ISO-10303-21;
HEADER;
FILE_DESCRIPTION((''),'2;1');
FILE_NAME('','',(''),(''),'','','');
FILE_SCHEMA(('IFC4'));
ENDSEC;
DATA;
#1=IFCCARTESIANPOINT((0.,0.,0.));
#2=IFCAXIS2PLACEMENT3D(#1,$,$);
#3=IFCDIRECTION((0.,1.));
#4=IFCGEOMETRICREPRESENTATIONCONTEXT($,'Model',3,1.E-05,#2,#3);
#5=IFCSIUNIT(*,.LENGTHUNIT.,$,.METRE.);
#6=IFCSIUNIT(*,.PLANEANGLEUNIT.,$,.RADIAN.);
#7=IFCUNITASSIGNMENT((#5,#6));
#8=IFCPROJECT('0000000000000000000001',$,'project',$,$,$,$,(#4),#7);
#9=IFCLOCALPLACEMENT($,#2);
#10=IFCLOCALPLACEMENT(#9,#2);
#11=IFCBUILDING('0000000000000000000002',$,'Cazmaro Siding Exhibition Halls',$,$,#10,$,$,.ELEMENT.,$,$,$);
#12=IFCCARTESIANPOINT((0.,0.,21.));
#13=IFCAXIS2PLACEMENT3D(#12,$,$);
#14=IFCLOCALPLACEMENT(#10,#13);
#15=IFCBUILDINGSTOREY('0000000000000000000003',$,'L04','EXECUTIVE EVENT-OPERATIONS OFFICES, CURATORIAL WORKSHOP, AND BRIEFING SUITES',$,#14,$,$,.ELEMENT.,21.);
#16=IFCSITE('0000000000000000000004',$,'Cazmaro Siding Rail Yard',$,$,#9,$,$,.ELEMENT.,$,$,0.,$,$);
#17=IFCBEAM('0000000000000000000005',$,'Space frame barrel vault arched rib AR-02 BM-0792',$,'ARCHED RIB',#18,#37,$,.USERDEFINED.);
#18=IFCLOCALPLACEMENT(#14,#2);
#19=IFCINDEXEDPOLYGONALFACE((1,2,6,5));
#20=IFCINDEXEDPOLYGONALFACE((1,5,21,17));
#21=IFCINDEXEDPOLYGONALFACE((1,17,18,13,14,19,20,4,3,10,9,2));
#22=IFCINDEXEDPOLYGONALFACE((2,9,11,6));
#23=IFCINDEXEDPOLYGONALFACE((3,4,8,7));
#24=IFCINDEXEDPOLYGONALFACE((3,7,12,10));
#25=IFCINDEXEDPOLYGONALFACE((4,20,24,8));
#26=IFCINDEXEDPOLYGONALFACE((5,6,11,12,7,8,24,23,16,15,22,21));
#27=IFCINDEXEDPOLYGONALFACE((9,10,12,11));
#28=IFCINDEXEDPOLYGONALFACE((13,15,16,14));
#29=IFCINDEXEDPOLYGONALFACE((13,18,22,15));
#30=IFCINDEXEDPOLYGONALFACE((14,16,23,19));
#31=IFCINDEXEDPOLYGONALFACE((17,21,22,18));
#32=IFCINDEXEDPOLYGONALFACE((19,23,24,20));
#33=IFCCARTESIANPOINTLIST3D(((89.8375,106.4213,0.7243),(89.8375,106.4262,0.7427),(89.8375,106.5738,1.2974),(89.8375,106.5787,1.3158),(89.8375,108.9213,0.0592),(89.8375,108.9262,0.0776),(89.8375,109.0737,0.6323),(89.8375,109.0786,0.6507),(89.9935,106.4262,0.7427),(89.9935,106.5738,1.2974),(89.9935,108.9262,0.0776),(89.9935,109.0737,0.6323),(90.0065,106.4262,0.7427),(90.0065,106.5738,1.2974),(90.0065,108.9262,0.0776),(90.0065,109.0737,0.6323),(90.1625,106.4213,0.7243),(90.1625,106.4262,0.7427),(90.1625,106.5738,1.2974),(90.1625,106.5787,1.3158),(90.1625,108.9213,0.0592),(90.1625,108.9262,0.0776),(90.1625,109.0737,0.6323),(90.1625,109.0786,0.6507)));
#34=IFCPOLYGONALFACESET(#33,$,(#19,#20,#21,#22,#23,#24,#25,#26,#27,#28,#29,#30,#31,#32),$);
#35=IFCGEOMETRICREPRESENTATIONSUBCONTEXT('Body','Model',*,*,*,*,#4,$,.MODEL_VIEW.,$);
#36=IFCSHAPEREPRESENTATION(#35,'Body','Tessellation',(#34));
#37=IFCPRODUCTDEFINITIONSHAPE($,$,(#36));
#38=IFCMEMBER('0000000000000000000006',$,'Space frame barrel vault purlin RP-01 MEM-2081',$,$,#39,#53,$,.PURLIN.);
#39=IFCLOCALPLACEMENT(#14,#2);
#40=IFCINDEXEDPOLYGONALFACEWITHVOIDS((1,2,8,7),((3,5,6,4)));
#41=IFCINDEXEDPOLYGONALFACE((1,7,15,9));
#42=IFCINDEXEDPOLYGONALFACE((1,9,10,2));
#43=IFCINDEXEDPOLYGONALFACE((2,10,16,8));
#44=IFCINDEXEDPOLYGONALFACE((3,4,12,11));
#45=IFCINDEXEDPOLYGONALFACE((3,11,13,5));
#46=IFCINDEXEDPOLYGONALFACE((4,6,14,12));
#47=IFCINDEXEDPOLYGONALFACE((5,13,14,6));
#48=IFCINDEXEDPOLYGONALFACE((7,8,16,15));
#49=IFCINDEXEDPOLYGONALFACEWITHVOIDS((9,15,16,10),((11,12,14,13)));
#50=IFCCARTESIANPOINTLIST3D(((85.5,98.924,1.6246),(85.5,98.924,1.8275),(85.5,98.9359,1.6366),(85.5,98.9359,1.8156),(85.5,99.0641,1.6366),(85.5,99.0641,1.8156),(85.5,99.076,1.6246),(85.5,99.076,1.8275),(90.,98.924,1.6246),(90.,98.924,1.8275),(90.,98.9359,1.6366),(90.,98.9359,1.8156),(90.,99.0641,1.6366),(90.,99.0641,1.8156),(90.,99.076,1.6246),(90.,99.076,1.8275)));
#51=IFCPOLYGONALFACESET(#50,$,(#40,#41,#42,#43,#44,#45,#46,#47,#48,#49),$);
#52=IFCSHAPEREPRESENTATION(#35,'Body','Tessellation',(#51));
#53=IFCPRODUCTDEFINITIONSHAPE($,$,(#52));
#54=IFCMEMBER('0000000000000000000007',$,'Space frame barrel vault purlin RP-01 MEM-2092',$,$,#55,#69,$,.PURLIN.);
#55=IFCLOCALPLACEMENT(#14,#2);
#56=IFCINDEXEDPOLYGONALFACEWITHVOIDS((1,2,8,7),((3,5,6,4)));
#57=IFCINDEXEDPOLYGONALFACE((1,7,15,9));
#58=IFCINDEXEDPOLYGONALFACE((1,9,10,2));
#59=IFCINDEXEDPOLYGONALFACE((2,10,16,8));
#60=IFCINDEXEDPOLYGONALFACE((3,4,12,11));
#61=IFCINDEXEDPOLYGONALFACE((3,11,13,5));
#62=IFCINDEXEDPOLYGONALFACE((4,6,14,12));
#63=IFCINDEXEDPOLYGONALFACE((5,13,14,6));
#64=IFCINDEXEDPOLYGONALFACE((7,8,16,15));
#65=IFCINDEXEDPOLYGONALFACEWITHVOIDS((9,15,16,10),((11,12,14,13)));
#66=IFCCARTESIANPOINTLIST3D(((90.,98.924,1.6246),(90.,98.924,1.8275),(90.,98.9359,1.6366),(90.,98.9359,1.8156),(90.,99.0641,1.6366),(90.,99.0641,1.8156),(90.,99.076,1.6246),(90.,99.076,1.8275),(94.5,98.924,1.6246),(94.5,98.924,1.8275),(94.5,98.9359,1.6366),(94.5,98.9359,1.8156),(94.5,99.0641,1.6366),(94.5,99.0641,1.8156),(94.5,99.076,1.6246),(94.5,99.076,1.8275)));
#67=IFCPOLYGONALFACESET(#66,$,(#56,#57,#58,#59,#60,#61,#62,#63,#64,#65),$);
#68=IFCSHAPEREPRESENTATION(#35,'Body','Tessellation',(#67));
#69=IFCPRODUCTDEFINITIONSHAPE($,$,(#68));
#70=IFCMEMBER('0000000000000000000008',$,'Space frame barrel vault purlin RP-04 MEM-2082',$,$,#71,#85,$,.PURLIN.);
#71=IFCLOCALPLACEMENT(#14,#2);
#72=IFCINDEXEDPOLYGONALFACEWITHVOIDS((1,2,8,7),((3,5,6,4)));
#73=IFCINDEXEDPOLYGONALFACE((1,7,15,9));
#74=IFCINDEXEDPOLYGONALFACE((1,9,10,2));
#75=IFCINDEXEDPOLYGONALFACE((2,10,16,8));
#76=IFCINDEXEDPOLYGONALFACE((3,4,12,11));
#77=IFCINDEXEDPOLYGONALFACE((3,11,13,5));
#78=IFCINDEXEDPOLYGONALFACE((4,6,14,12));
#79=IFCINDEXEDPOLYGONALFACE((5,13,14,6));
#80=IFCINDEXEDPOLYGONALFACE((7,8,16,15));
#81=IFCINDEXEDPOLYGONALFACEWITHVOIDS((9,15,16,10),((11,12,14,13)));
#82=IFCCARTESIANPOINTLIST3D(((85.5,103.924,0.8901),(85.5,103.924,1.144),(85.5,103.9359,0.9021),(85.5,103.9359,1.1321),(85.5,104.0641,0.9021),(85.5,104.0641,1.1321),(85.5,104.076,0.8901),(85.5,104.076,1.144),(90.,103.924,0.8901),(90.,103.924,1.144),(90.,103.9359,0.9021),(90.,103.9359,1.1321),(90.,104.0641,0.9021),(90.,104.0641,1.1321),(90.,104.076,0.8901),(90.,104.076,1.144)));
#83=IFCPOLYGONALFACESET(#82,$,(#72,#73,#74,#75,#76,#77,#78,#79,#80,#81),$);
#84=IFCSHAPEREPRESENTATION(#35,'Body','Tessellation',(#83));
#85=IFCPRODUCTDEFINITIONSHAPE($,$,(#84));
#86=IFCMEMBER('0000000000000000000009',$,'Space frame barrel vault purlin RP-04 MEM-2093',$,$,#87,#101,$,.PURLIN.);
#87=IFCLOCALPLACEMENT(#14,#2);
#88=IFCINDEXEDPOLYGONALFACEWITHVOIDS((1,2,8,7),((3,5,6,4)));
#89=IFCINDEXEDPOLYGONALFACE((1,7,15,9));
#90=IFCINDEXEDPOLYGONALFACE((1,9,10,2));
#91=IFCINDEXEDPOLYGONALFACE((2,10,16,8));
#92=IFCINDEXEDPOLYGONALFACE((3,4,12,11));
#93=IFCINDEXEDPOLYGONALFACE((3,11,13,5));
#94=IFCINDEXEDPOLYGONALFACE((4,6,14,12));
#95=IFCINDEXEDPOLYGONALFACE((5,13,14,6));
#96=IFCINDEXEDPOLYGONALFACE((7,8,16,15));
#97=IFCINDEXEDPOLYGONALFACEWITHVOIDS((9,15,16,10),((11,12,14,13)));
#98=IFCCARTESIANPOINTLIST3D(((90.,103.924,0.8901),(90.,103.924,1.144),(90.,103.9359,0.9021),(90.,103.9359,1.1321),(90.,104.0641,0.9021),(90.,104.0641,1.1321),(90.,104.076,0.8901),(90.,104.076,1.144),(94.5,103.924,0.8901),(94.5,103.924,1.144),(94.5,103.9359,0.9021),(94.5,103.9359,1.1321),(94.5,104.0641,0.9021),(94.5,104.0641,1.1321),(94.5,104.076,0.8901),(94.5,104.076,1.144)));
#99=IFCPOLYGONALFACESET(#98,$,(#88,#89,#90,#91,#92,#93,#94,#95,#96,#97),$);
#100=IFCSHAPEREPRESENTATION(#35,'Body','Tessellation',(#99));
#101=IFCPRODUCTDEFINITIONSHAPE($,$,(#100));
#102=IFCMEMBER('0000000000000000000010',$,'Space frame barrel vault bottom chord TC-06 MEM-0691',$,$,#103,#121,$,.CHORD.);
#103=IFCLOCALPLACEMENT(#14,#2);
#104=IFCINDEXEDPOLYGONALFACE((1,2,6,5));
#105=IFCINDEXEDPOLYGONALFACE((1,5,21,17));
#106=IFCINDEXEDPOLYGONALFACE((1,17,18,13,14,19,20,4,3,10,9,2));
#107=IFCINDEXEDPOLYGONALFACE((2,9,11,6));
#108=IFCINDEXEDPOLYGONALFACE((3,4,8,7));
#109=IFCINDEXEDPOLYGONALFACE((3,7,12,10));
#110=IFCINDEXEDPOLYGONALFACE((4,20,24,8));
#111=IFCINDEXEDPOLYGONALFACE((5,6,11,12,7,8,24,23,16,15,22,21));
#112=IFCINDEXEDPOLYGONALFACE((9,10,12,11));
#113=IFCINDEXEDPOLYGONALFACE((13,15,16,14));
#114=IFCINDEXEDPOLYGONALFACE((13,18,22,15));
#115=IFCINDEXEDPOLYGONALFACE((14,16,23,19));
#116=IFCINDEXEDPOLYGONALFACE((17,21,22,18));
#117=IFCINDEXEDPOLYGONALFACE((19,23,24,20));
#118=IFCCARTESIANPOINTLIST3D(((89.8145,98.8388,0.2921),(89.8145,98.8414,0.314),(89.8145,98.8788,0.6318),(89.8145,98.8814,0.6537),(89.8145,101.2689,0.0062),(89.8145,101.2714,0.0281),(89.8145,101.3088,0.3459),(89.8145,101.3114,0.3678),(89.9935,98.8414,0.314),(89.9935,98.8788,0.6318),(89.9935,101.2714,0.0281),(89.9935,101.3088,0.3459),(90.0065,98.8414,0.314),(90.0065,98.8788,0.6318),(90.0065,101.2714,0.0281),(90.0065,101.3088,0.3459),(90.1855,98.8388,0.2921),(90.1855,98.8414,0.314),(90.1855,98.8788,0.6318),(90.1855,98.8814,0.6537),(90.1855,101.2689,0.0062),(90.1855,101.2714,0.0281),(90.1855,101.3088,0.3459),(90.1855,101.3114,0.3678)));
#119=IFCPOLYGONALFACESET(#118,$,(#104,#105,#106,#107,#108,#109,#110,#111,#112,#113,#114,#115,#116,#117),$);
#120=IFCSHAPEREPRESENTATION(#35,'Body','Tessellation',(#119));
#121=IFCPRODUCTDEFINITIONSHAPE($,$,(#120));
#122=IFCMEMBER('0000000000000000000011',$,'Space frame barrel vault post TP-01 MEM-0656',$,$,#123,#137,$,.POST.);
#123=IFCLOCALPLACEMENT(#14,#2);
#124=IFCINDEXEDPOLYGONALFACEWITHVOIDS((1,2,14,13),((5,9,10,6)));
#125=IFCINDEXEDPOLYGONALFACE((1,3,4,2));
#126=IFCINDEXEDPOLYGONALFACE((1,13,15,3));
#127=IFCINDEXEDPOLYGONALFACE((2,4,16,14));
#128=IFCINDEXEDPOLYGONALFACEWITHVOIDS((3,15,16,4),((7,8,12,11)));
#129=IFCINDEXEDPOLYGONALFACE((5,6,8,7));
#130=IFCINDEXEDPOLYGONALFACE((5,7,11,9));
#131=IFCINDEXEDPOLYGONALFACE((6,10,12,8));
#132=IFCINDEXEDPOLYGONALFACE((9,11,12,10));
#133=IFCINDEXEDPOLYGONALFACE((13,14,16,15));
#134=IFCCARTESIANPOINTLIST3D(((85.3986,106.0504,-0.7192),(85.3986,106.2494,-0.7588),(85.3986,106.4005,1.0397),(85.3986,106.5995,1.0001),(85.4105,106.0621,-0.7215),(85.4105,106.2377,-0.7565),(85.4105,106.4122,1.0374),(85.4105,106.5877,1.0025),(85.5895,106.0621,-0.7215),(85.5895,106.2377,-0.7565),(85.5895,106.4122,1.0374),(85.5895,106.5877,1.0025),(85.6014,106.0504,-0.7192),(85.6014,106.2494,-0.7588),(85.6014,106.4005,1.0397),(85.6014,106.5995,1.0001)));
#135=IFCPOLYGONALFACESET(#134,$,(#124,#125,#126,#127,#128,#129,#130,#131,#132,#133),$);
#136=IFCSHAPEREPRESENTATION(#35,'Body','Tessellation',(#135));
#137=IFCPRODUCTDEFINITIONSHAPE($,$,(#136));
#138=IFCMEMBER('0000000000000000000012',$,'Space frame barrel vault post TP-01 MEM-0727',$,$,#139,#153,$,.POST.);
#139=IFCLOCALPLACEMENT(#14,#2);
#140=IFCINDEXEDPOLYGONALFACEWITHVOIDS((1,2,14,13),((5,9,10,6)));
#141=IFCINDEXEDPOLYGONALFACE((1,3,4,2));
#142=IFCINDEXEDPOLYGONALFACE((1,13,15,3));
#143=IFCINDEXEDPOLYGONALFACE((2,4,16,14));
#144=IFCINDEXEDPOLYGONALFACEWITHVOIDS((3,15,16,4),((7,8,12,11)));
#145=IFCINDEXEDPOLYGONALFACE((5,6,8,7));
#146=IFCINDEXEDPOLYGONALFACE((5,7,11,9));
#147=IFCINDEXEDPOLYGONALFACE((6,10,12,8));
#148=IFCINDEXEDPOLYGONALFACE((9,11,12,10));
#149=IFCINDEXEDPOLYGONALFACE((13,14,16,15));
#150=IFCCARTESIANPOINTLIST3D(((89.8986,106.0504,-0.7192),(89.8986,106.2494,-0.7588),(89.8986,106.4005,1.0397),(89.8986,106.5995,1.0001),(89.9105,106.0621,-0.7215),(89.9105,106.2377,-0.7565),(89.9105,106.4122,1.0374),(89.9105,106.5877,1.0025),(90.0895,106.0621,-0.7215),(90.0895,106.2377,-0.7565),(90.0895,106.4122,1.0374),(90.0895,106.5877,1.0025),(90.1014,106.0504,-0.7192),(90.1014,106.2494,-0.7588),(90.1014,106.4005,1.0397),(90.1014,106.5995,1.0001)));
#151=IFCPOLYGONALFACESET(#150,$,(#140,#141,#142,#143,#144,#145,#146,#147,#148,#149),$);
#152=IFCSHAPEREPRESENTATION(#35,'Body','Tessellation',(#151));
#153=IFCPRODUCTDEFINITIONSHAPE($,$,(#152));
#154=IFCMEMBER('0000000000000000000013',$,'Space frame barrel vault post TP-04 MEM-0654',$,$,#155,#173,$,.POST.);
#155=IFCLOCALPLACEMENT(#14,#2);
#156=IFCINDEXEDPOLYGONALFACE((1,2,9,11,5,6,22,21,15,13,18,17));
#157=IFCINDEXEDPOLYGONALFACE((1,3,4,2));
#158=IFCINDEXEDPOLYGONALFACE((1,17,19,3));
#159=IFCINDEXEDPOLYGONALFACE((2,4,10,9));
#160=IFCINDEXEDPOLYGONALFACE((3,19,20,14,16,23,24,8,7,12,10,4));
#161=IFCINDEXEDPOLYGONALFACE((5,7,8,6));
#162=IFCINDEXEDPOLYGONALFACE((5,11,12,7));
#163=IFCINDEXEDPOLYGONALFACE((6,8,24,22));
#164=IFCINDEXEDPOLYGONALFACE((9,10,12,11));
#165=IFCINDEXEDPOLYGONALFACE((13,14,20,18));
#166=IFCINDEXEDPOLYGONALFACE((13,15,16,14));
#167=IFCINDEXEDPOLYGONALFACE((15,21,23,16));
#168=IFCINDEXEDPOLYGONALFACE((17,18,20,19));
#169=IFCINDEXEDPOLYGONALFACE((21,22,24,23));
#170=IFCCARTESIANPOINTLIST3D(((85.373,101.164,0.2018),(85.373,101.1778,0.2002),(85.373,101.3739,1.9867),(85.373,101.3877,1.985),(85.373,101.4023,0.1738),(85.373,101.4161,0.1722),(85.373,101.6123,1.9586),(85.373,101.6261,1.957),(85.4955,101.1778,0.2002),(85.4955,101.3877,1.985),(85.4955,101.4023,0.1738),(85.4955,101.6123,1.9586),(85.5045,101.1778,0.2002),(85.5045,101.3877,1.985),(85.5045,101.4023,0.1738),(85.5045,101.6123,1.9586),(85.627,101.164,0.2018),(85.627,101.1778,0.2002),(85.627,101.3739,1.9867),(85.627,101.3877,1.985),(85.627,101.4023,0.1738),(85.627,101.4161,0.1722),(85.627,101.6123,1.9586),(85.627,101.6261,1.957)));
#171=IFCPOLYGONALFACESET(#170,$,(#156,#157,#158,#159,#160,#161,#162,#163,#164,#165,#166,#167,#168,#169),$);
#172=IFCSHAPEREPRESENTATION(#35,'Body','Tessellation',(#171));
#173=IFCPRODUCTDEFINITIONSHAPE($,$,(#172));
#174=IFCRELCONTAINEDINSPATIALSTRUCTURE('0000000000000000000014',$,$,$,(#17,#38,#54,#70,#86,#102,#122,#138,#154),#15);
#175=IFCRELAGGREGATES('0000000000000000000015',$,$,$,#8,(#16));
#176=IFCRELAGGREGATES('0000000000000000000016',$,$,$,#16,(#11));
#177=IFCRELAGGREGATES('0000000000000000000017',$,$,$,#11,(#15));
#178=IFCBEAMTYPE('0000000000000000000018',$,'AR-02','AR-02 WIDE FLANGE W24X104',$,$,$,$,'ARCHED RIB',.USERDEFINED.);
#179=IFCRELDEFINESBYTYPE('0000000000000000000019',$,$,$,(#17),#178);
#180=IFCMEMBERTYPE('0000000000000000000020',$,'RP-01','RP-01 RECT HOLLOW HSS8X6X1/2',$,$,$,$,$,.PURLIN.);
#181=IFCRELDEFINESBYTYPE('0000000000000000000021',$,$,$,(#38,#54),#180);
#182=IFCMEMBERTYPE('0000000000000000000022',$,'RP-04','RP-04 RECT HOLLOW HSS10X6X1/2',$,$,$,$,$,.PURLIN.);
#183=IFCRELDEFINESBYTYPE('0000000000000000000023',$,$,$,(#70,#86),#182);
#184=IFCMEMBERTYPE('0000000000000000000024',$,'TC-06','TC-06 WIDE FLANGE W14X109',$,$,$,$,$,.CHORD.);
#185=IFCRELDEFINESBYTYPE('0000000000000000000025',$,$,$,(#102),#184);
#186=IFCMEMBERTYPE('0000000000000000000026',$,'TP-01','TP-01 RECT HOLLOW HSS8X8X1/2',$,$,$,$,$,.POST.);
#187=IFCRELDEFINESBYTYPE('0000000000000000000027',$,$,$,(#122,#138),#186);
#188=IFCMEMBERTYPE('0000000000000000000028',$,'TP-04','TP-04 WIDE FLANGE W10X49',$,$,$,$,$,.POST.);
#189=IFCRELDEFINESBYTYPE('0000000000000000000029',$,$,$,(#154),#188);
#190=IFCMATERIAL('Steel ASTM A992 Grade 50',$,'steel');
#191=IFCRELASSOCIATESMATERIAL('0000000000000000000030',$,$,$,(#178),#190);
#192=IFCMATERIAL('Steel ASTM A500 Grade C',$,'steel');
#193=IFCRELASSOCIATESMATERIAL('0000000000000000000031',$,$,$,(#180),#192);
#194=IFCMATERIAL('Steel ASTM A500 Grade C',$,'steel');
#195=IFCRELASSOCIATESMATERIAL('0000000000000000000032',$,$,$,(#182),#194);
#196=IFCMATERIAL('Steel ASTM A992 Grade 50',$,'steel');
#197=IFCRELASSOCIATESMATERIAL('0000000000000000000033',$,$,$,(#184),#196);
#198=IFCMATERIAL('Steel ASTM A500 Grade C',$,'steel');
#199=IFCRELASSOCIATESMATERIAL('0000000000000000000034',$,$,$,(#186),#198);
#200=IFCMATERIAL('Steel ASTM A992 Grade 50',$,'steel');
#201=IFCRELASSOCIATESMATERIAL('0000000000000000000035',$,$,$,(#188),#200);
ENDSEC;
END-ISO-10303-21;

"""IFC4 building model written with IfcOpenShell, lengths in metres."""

from ifc_helpers import new_model, si_unit, direction, frame, origin, origin_2d, place, context, subcontext, project, spatial, hollow_rectangle, i_section, extrude, material, material_profile, profile_set, type_object, element, save


model = new_model("IFC4")

# Units and contexts
model_context = context("Model", 3, precision=1e-05, world=origin(), true_north=direction((0.0, 1.0)))
body_context = subcontext(model_context, "Body", "Model", "MODEL_VIEW")
ifc_project = project(units=[si_unit("LENGTHUNIT", "METRE"), si_unit("PLANEANGLEUNIT", "RADIAN")], contexts=[model_context])

# Site, building, storey
site_placement = place(None, origin())
site = spatial("IfcSite", under=ifc_project, at=site_placement, Name="Cazmaro Siding Rail Yard", CompositionType="ELEMENT", RefElevation=0.0)
building_placement = place(site_placement, origin())
building = spatial("IfcBuilding", under=site, at=building_placement, Name="Cazmaro Siding Exhibition Halls", CompositionType="ELEMENT")
storey_placement = place(building_placement, frame((0.0, 0.0, 21.0)))
storey = spatial("IfcBuildingStorey", under=building, at=storey_placement, Name="L04", Description="EXECUTIVE EVENT-OPERATIONS OFFICES, CURATORIAL WORKSHOP, AND BRIEFING SUITES", CompositionType="ELEMENT", Elevation=21.0)

# Beam
ifc_material_1 = material(Name="Steel ASTM A992 Grade 50", Category="steel")
ifc_material_profile_1 = material_profile(ifc_material_1, i_section(OverallWidth=0.325, OverallDepth=0.6121, WebThickness=0.0129, FlangeThickness=0.019, at=origin_2d()), Name="W24X104")
ifc_profile_set_1 = profile_set([ifc_material_profile_1], Name="Steel ASTM A992 Grade 50")
beam_type_1 = type_object("IfcBeamType", Name="AR-02", Description="AR-02 WIDE FLANGE W24X104", ElementType="ARCHED RIB", PredefinedType="USERDEFINED", material=ifc_profile_set_1)
beam_1_placement = place(storey_placement, frame((90.0, 106.5, 1.02), z_axis=(0.0, 0.966391, -0.257075), x_axis=(-1.0, 0.0, 0.0)))
element("IfcBeam", 1, at=beam_1_placement, inside=storey, type_object=beam_type_1, Name="Space frame barrel vault arched rib AR-02 BM-0792", ObjectType="ARCHED RIB", PredefinedType="USERDEFINED", context=body_context, shape_type="SweptSolid", body=[
    extrude(i_section(OverallWidth=0.325, OverallDepth=0.6121, WebThickness=0.0129, FlangeThickness=0.019, at=origin_2d()), origin(), (0.0, 0.0, 1.0), 2.5869),
])

# Members
ifc_material_2 = material(Name="Steel ASTM A500 Grade C", Category="steel")
ifc_material_profile_2 = material_profile(ifc_material_2, hollow_rectangle(XDim=0.1521, YDim=0.2029, WallThickness=0.012, at=origin_2d()), Name="HSS8X6X1/2")
ifc_profile_set_2 = profile_set([ifc_material_profile_2], Name="Steel ASTM A500 Grade C")
member_type_1 = type_object("IfcMemberType", Name="RP-01", Description="RP-01 RECT HOLLOW HSS8X6X1/2", PredefinedType="PURLIN", material=ifc_profile_set_2)
for number, where, z_axis, x_axis, name in (
    (2, (85.5, 99.0, 1.7261), (1.0, 0.0, 0.0), (0.0, 1.0, 0.0), "Space frame barrel vault purlin RP-01 MEM-2081"),
    (3, (90.0, 99.0, 1.7261), (1.0, 0.0, 0.0), (0.0, 1.0, 0.0), "Space frame barrel vault purlin RP-01 MEM-2092"),
):
    element("IfcMember", number, at=place(storey_placement, frame(where, z_axis=z_axis, x_axis=x_axis)), inside=storey, type_object=member_type_1, Name=name, PredefinedType="PURLIN", context=body_context, shape_type="SweptSolid", body=[
        extrude(hollow_rectangle(XDim=0.1521, YDim=0.2029, WallThickness=0.012, at=origin_2d()), origin(), (0.0, 0.0, 1.0), 4.5),
    ])
ifc_material_3 = material(Name="Steel ASTM A500 Grade C", Category="steel")
ifc_material_profile_3 = material_profile(ifc_material_3, hollow_rectangle(XDim=0.1521, YDim=0.2539, WallThickness=0.012, at=origin_2d()), Name="HSS10X6X1/2")
ifc_profile_set_3 = profile_set([ifc_material_profile_3], Name="Steel ASTM A500 Grade C")
member_type_2 = type_object("IfcMemberType", Name="RP-04", Description="RP-04 RECT HOLLOW HSS10X6X1/2", PredefinedType="PURLIN", material=ifc_profile_set_3)
for number, where, z_axis, x_axis, name in (
    (4, (85.5, 104.0, 1.0171), (1.0, 0.0, 0.0), (0.0, 1.0, 0.0), "Space frame barrel vault purlin RP-04 MEM-2082"),
    (5, (90.0, 104.0, 1.0171), (1.0, 0.0, 0.0), (0.0, 1.0, 0.0), "Space frame barrel vault purlin RP-04 MEM-2093"),
):
    element("IfcMember", number, at=place(storey_placement, frame(where, z_axis=z_axis, x_axis=x_axis)), inside=storey, type_object=member_type_2, Name=name, PredefinedType="PURLIN", context=body_context, shape_type="SweptSolid", body=[
        extrude(hollow_rectangle(XDim=0.1521, YDim=0.2539, WallThickness=0.012, at=origin_2d()), origin(), (0.0, 0.0, 1.0), 4.5),
    ])
ifc_material_4 = material(Name="Steel ASTM A992 Grade 50", Category="steel")
ifc_material_profile_4 = material_profile(ifc_material_4, i_section(OverallWidth=0.3711, OverallDepth=0.364, WebThickness=0.0129, FlangeThickness=0.022, at=origin_2d()), Name="W14X109")
ifc_profile_set_4 = profile_set([ifc_material_profile_4], Name="Steel ASTM A992 Grade 50")
member_type_3 = type_object("IfcMemberType", Name="TC-06", Description="TC-06 WIDE FLANGE W14X109", PredefinedType="CHORD", material=ifc_profile_set_4)
member_1_placement = place(storey_placement, frame((90.0, 98.8601, 0.4729), z_axis=(0.0, 0.99315, -0.116847), x_axis=(-1.0, 0.0, 0.0)))
element("IfcMember", 6, at=member_1_placement, inside=storey, type_object=member_type_3, Name="Space frame barrel vault bottom chord TC-06 MEM-0691", PredefinedType="CHORD", context=body_context, shape_type="SweptSolid", body=[
    extrude(i_section(OverallWidth=0.3711, OverallDepth=0.364, WebThickness=0.0129, FlangeThickness=0.022, at=origin_2d()), origin(), (0.0, 0.0, 1.0), 2.4468),
])
ifc_material_5 = material(Name="Steel ASTM A500 Grade C", Category="steel")
ifc_material_profile_5 = material_profile(ifc_material_5, hollow_rectangle(XDim=0.2029, YDim=0.2029, WallThickness=0.012, at=origin_2d()), Name="HSS8X8X1/2")
ifc_profile_set_5 = profile_set([ifc_material_profile_5], Name="Steel ASTM A500 Grade C")
member_type_4 = type_object("IfcMemberType", Name="TP-01", Description="TP-01 RECT HOLLOW HSS8X8X1/2", PredefinedType="POST", material=ifc_profile_set_5)
for number, where, z_axis, x_axis, name in (
    (7, (85.5, 106.1499, -0.739), (0.0, 0.1952, 0.980763), (-1.0, 0.0, 0.0), "Space frame barrel vault post TP-01 MEM-0656"),
    (8, (90.0, 106.1499, -0.739), (0.0, 0.1952, 0.980763), (-1.0, 0.0, 0.0), "Space frame barrel vault post TP-01 MEM-0727"),
):
    element("IfcMember", number, at=place(storey_placement, frame(where, z_axis=z_axis, x_axis=x_axis)), inside=storey, type_object=member_type_4, Name=name, PredefinedType="POST", context=body_context, shape_type="SweptSolid", body=[
        extrude(hollow_rectangle(XDim=0.2029, YDim=0.2029, WallThickness=0.012, at=origin_2d()), origin(), (0.0, 0.0, 1.0), 1.7935),
    ])
ifc_material_6 = material(Name="Steel ASTM A992 Grade 50", Category="steel")
ifc_material_profile_6 = material_profile(ifc_material_6, i_section(OverallWidth=0.2539, OverallDepth=0.2539, WebThickness=0.009, FlangeThickness=0.0139, at=origin_2d()), Name="W10X49")
ifc_profile_set_6 = profile_set([ifc_material_profile_6], Name="Steel ASTM A992 Grade 50")
member_type_5 = type_object("IfcMemberType", Name="TP-04", Description="TP-04 WIDE FLANGE W10X49", PredefinedType="POST", material=ifc_profile_set_6)
member_2_placement = place(storey_placement, frame((85.5, 101.29, 0.187), z_axis=(0.0, 0.116825, 0.993152), x_axis=(-1.0, 0.0, 0.0)))
element("IfcMember", 9, at=member_2_placement, inside=storey, type_object=member_type_5, Name="Space frame barrel vault post TP-04 MEM-0654", PredefinedType="POST", context=body_context, shape_type="SweptSolid", body=[
    extrude(i_section(OverallWidth=0.2539, OverallDepth=0.2539, WebThickness=0.009, FlangeThickness=0.0139, at=origin_2d()), origin(), (0.0, 0.0, 1.0), 1.7971),
])

save(model, "model.ifc")
